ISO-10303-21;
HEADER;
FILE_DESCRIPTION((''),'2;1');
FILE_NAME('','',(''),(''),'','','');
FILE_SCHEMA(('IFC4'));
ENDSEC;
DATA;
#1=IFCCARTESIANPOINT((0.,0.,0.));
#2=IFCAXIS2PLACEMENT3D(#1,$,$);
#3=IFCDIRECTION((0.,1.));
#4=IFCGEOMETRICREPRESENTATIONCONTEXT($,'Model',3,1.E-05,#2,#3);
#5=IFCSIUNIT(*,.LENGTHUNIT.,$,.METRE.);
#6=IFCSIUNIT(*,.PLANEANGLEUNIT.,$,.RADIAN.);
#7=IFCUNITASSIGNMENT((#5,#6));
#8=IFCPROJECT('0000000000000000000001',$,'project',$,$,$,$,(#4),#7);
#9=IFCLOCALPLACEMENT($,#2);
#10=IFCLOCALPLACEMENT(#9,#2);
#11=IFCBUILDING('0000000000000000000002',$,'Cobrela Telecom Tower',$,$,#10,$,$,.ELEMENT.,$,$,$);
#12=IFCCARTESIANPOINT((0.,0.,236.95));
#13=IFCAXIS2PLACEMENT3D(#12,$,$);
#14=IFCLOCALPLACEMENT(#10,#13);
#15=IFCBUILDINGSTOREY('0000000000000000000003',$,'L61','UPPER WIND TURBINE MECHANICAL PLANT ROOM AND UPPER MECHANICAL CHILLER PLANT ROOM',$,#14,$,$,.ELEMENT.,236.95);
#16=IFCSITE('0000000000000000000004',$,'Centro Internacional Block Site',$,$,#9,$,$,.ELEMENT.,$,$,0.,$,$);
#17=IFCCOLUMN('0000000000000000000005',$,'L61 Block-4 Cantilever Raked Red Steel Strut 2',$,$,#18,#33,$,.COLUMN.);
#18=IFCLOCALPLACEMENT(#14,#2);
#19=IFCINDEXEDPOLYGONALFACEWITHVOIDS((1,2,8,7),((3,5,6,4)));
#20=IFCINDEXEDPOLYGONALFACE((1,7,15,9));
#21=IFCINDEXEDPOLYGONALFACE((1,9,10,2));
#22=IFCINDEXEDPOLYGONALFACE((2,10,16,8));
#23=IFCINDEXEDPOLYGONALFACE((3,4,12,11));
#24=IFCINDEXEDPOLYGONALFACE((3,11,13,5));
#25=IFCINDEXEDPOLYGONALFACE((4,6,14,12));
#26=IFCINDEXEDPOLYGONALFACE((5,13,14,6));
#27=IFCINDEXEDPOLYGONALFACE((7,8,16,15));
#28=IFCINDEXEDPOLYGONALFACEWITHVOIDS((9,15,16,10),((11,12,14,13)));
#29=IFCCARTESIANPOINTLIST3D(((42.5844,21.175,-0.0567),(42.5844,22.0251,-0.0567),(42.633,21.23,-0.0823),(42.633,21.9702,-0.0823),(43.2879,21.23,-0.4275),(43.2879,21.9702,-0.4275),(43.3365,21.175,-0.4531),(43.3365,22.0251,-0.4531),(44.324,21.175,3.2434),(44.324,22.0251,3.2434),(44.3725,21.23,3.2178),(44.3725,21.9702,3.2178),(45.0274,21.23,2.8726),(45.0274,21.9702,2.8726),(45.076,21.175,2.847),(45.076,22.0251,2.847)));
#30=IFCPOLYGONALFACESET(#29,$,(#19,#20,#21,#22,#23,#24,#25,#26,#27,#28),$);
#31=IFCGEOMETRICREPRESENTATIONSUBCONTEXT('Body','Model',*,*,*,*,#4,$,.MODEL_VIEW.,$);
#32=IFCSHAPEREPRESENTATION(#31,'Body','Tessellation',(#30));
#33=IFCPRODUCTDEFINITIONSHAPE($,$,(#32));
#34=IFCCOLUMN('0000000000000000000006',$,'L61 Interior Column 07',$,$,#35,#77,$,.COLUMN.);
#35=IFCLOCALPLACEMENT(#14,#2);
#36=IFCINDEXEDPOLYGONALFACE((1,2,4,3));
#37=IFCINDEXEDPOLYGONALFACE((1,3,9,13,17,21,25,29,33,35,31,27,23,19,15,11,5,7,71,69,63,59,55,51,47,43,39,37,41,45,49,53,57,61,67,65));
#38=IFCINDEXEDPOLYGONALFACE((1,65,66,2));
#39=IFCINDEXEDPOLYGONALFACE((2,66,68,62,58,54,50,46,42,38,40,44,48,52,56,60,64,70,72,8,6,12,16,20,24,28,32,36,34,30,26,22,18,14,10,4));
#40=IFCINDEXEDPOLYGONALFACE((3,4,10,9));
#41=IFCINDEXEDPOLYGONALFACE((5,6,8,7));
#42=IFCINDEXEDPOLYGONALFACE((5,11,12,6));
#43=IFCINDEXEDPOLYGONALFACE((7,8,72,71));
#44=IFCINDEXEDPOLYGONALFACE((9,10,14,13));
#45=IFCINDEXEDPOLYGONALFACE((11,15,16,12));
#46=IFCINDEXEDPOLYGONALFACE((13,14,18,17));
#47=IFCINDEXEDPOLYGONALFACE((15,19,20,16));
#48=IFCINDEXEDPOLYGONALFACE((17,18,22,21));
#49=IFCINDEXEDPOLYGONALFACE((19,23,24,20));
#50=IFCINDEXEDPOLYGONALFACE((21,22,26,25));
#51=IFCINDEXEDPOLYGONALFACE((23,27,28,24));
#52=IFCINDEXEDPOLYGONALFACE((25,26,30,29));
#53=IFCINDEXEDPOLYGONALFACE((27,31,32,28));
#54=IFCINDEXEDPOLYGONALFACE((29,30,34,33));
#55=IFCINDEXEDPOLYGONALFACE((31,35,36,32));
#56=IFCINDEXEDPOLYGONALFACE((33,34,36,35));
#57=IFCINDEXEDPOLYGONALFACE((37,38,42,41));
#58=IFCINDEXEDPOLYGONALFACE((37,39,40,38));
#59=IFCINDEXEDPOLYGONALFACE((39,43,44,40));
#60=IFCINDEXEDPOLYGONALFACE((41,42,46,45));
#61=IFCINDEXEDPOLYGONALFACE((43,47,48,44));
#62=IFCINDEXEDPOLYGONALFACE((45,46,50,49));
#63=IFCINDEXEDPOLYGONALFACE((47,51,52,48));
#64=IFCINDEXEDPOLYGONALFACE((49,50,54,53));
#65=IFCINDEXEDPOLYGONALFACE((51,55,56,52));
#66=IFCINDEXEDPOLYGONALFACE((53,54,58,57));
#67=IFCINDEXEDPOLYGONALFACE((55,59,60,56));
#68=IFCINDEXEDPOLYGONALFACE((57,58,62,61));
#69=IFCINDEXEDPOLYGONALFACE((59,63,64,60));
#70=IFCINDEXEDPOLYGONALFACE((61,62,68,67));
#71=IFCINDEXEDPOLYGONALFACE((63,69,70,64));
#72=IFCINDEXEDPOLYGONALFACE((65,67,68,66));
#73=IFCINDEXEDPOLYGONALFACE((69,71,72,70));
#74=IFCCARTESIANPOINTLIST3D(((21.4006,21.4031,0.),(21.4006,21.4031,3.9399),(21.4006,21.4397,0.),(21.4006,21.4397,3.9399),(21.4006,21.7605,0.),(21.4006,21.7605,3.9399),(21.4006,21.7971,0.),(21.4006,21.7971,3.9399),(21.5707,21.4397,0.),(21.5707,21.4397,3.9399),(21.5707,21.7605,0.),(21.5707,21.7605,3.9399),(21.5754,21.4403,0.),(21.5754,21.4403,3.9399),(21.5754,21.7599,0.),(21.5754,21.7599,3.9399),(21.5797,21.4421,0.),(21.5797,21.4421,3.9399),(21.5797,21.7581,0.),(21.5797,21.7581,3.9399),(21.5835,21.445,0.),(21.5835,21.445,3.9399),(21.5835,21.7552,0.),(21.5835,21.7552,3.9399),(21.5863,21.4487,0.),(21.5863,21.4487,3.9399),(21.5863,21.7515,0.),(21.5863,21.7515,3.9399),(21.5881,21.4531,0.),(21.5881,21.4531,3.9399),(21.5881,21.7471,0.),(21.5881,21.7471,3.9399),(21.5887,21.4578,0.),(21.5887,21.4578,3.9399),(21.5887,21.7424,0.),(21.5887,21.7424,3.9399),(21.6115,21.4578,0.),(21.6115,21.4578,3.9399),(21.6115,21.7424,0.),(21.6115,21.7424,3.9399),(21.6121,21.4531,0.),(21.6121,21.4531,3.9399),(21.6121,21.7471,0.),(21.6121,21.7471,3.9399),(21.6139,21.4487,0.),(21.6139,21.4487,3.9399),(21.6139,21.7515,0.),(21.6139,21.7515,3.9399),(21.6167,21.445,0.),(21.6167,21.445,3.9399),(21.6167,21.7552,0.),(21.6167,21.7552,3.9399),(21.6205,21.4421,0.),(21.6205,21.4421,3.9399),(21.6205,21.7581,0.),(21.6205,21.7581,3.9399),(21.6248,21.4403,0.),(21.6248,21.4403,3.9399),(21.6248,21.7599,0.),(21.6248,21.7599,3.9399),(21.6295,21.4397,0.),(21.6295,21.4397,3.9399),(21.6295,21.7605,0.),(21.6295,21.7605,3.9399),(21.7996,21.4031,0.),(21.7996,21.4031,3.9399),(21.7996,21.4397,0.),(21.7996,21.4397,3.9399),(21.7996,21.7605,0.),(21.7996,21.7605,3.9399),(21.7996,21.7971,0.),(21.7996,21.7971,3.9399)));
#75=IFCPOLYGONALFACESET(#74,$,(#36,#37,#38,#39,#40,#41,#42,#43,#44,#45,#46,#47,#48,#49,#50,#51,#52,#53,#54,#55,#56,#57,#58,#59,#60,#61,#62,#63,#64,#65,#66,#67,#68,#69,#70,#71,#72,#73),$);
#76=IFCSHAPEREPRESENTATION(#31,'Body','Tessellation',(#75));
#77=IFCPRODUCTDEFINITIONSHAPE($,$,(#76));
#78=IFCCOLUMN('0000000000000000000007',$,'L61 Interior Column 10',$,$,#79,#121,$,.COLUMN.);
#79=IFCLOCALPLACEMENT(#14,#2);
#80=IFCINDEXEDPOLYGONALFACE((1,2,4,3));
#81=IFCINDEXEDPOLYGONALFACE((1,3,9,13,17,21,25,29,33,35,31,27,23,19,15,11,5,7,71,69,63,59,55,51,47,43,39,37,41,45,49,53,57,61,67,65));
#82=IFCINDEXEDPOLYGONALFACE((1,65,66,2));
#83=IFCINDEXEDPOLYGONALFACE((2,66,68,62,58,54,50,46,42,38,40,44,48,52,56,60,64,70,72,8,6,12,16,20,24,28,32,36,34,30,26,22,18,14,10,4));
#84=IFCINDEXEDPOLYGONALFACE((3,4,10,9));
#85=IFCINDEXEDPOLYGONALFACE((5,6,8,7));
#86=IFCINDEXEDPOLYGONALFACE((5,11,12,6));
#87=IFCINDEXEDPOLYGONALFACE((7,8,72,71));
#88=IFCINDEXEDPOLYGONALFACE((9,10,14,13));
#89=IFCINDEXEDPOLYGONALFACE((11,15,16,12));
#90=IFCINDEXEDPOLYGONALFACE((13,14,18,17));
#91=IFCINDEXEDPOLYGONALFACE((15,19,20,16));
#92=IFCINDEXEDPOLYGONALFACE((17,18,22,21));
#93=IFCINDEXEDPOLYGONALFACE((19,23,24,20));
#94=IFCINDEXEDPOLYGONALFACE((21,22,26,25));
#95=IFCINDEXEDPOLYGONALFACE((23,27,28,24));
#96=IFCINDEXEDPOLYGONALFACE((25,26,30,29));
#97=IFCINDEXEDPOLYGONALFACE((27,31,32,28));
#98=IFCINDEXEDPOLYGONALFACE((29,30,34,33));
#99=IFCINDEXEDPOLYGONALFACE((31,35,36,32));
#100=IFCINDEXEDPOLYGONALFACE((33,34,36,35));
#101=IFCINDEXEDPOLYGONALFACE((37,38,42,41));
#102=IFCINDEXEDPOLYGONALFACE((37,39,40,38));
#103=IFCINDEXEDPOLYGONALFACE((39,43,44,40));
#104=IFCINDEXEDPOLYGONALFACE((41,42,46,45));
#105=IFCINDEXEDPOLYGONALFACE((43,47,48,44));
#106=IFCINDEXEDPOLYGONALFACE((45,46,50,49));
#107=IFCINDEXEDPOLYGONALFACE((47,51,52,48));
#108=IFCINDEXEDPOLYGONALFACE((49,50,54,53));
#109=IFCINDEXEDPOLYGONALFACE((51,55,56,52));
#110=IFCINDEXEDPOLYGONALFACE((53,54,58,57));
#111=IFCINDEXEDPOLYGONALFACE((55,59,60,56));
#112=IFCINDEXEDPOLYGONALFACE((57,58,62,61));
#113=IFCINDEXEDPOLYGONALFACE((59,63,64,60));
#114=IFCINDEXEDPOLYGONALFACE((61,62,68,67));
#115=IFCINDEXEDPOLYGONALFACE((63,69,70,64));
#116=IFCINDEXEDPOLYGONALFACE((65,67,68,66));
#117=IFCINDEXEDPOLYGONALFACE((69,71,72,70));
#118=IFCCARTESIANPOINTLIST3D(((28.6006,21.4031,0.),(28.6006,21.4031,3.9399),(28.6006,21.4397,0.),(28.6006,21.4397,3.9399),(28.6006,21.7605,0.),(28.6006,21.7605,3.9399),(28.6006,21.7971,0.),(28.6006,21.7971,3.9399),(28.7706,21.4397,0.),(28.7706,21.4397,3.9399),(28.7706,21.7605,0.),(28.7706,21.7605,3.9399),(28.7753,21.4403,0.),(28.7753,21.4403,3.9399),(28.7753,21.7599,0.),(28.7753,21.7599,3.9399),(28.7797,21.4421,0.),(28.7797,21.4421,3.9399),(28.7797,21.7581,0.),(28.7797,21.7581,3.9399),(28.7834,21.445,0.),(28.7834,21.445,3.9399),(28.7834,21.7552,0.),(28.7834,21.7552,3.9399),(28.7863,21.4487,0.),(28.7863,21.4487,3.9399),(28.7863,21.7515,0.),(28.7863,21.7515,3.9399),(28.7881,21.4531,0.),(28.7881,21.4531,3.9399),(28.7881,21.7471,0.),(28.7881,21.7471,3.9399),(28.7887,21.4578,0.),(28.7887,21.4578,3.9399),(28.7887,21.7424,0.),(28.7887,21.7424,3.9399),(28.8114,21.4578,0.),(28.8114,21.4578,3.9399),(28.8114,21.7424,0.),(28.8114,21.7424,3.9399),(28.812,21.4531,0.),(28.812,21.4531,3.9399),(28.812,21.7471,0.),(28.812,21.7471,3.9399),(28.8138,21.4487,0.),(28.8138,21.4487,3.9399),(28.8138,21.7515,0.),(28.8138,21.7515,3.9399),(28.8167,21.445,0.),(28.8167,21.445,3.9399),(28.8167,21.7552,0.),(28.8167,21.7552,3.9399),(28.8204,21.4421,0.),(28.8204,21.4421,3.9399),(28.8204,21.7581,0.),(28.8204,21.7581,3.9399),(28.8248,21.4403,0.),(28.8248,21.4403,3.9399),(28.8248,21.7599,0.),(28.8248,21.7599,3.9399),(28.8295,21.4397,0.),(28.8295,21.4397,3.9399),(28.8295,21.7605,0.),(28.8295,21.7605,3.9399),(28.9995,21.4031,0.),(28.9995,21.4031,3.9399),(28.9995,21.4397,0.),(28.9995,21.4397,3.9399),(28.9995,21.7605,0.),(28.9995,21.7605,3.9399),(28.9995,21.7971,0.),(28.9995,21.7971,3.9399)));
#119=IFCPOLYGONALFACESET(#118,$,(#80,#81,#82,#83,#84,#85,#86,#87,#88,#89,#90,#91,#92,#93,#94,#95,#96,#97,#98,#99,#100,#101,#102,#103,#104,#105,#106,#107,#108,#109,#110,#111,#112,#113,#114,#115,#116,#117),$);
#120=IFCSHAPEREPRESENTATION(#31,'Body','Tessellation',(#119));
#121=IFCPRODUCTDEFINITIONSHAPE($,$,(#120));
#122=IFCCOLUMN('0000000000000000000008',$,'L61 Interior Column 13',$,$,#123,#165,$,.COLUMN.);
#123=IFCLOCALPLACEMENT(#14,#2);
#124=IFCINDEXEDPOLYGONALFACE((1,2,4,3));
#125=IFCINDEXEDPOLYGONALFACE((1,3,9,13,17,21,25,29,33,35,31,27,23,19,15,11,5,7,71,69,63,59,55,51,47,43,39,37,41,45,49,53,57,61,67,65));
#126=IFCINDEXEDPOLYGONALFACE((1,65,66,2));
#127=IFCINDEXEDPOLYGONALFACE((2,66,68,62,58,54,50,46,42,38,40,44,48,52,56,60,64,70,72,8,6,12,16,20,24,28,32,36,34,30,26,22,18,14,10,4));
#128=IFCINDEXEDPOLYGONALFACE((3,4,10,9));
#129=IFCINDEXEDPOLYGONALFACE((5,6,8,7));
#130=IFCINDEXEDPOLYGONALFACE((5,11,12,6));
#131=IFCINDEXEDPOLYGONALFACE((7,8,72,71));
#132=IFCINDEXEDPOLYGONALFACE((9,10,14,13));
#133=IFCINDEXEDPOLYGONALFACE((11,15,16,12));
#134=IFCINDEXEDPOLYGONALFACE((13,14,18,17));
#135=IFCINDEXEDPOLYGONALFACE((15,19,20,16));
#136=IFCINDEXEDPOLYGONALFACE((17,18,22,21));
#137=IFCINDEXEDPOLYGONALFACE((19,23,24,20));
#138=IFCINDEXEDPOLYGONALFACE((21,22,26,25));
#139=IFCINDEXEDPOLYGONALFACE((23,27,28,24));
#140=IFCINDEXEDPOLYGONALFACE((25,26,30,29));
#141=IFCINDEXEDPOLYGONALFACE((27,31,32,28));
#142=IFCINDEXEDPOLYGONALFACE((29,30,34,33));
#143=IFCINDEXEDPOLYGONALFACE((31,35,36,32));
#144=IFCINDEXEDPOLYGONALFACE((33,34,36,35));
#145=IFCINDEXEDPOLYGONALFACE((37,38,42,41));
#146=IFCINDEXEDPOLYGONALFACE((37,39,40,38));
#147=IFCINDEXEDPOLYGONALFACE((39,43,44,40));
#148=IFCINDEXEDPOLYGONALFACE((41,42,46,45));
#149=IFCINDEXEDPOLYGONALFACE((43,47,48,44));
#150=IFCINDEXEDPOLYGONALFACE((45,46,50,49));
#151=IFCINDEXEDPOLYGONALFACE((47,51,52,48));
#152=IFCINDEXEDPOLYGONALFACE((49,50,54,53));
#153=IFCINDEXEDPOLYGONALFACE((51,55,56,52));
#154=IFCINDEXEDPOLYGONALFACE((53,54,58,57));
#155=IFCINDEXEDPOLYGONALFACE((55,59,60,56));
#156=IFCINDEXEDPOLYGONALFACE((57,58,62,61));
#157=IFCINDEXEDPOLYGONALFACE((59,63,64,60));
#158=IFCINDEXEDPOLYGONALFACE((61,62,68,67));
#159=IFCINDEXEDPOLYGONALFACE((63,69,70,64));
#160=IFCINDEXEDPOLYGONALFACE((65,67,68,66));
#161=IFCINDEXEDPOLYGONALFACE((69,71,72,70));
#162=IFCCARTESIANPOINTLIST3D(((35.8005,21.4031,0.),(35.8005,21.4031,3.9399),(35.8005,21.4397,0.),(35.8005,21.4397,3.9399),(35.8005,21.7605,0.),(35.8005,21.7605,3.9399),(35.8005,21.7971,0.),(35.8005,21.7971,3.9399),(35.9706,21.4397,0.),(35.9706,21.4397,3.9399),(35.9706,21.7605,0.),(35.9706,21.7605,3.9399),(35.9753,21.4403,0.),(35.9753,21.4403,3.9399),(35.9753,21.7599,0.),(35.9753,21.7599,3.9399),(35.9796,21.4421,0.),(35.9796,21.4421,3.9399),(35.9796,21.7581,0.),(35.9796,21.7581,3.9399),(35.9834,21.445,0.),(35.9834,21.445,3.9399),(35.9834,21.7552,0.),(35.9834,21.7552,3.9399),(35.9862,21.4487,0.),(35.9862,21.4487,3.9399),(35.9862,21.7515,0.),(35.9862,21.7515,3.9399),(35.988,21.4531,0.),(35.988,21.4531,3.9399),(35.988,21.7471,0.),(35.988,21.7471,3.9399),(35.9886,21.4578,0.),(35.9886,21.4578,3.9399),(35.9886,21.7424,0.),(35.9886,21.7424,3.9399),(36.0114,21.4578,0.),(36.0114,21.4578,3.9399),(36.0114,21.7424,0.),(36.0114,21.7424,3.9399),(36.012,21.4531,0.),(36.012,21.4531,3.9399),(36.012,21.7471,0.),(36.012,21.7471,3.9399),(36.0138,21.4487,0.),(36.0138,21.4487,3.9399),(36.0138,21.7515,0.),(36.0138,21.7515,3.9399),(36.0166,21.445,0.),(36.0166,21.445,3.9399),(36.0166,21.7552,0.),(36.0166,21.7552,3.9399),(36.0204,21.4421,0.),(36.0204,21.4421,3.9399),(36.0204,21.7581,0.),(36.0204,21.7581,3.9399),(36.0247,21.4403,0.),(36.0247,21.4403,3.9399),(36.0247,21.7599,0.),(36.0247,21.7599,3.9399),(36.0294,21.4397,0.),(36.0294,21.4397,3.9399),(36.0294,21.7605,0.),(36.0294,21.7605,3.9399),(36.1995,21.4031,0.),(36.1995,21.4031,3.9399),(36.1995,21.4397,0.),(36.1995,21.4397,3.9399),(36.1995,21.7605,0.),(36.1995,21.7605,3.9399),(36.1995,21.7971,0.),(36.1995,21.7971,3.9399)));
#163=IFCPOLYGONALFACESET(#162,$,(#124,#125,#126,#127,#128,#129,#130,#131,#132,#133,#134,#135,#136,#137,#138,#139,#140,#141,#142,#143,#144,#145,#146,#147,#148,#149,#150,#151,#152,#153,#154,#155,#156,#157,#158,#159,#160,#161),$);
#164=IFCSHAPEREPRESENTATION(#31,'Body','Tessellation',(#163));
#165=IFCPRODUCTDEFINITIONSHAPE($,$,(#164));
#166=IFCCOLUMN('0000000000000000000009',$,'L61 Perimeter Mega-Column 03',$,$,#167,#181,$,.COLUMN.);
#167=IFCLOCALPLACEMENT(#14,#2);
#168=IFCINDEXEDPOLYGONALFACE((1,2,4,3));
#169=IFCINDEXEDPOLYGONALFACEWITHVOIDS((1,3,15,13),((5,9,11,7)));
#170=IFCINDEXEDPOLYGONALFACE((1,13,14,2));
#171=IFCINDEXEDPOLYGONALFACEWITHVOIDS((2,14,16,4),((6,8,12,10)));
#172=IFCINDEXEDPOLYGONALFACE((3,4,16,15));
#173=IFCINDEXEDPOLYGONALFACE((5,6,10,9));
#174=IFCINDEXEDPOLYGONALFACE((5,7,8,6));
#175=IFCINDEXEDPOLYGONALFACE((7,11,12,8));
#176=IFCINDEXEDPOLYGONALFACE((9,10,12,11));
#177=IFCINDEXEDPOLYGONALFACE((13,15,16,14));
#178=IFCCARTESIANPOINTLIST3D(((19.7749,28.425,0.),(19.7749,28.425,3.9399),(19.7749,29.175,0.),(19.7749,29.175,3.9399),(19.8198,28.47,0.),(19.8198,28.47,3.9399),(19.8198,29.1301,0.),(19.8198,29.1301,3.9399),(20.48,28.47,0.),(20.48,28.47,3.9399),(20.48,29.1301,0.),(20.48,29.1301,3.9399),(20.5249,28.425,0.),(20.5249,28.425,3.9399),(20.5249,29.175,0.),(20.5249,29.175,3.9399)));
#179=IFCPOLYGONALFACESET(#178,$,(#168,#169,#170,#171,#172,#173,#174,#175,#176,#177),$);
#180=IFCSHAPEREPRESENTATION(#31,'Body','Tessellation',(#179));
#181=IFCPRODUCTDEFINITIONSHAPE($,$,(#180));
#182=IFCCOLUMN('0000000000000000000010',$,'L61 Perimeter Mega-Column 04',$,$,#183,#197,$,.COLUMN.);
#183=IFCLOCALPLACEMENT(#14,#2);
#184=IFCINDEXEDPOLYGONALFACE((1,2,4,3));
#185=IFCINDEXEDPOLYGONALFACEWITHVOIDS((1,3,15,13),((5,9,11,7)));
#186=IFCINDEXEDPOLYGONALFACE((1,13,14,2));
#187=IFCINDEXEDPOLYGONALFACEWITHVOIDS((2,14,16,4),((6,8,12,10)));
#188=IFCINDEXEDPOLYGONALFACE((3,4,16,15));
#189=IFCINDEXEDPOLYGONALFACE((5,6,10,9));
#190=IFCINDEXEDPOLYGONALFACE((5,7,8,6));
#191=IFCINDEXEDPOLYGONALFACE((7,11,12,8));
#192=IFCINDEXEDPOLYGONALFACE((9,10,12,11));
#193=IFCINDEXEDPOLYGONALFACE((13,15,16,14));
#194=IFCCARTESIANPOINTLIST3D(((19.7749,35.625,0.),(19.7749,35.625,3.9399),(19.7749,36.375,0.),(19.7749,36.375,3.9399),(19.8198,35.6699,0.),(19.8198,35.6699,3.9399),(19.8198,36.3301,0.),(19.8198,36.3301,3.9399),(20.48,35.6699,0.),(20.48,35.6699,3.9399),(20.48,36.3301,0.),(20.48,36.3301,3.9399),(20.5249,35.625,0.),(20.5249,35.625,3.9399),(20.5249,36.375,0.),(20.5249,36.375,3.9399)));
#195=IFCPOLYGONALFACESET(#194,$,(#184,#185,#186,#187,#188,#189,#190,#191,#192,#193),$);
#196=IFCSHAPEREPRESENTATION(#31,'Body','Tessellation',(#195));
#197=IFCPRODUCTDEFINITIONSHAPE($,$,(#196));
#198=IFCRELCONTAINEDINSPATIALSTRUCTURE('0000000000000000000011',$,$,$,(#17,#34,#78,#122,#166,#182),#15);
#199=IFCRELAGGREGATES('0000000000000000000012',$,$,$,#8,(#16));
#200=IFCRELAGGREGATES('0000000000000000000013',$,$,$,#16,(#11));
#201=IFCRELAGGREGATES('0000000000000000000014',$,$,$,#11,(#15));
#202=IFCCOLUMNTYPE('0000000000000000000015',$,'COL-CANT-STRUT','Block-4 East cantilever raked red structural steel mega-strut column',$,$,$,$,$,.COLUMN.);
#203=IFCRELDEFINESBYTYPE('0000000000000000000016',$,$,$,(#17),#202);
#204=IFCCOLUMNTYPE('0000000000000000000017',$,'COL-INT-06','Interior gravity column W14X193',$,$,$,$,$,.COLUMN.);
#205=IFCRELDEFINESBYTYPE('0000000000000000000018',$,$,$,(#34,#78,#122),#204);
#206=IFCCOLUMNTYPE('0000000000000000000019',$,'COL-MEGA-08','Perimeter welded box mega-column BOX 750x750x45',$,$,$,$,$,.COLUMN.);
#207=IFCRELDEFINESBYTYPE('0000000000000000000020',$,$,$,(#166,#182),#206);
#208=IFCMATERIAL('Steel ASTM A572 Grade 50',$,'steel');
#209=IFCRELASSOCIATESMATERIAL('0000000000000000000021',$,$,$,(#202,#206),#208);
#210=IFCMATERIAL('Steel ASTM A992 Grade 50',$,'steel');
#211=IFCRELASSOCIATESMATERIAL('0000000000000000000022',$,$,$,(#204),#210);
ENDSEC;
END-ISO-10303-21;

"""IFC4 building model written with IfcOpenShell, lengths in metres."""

from ifc_helpers import new_model, si_unit, direction, frame, origin, origin_2d, place, context, subcontext, project, spatial, hollow_rectangle, i_section, extrude, material, material_profile, profile_set, type_object, element, save


model = new_model("IFC4")

# Units and contexts
model_context = context("Model", 3, precision=1e-05, world=origin(), true_north=direction((0.0, 1.0)))
body_context = subcontext(model_context, "Body", "Model", "MODEL_VIEW")
ifc_project = project(units=[si_unit("LENGTHUNIT", "METRE"), si_unit("PLANEANGLEUNIT", "RADIAN")], contexts=[model_context])

# Site, building, storey
site_placement = place(None, origin())
site = spatial("IfcSite", under=ifc_project, at=site_placement, Name="Centro Internacional Block Site", CompositionType="ELEMENT", RefElevation=0.0)
building_placement = place(site_placement, origin())
building = spatial("IfcBuilding", under=site, at=building_placement, Name="Cobrela Telecom Tower", CompositionType="ELEMENT")
storey_placement = place(building_placement, frame((0.0, 0.0, 236.95)))
storey = spatial("IfcBuildingStorey", under=building, at=storey_placement, Name="L61", Description="UPPER WIND TURBINE MECHANICAL PLANT ROOM AND UPPER MECHANICAL CHILLER PLANT ROOM", CompositionType="ELEMENT", Elevation=236.95)

# Columns
ifc_material_1 = material(Name="Steel ASTM A572 Grade 50", Category="steel")
ifc_material_profile_1 = material_profile(ifc_material_1, hollow_rectangle(XDim=0.8501, YDim=0.8501, WallThickness=0.0549, at=origin_2d()), Name="BOX 850x850x55")
ifc_profile_set_1 = profile_set([ifc_material_profile_1], Name="Steel ASTM A572 Grade 50")
column_type_1 = type_object("IfcColumnType", Name="COL-CANT-STRUT", Description="Block-4 East cantilever raked red structural steel mega-strut column", PredefinedType="COLUMN", material=ifc_profile_set_1)
column_placement = place(storey_placement, frame((42.9604, 21.6001, -0.2549), z_axis=(0.466299, 0.0, 0.884627), x_axis=(0.0, 1.0, 0.0)))
element("IfcColumn", 1, at=column_placement, inside=storey, type_object=column_type_1, Name="L61 Block-4 Cantilever Raked Red Steel Strut 2", PredefinedType="COLUMN", context=body_context, shape_type="SweptSolid", body=[
    extrude(hollow_rectangle(XDim=0.8501, YDim=0.8501, WallThickness=0.0549, at=origin_2d()), origin(), (0.0, 0.0, 1.0), 3.7305),
])
ifc_material_2 = material(Name="Steel ASTM A992 Grade 50", Category="steel")
ifc_material_profile_2 = material_profile(ifc_material_2, i_section(OverallWidth=0.3989, OverallDepth=0.394, WebThickness=0.0227, FlangeThickness=0.0366, FilletRadius=0.0181, at=origin_2d()), Name="W14X193")
ifc_profile_set_2 = profile_set([ifc_material_profile_2], Name="Steel ASTM A992 Grade 50")
column_type_2 = type_object("IfcColumnType", Name="COL-INT-06", Description="Interior gravity column W14X193", PredefinedType="COLUMN", material=ifc_profile_set_2)
for number, where, z_axis, x_axis, name in (
    (2, (21.6001, 21.6001, 0.0), (0.0, 0.0, 1.0), (1.0, 0.0, 0.0), "L61 Interior Column 07"),
    (3, (28.8, 21.6001, 0.0), (0.0, 0.0, 1.0), (1.0, 0.0, 0.0), "L61 Interior Column 10"),
    (4, (36.0, 21.6001, 0.0), (0.0, 0.0, 1.0), (1.0, 0.0, 0.0), "L61 Interior Column 13"),
):
    element("IfcColumn", number, at=place(storey_placement, frame(where, z_axis=z_axis, x_axis=x_axis)), inside=storey, type_object=column_type_2, Name=name, PredefinedType="COLUMN", context=body_context, shape_type="SweptSolid", body=[
        extrude(i_section(OverallWidth=0.3989, OverallDepth=0.394, WebThickness=0.0227, FlangeThickness=0.0366, FilletRadius=0.0181, at=origin_2d()), origin(), (0.0, 0.0, 1.0), 3.9399),
    ])
ifc_material_profile_3 = material_profile(ifc_material_1, hollow_rectangle(XDim=0.75, YDim=0.75, WallThickness=0.0449, at=origin_2d()), Name="BOX 750x750x45")
ifc_profile_set_3 = profile_set([ifc_material_profile_3], Name="Steel ASTM A572 Grade 50")
column_type_3 = type_object("IfcColumnType", Name="COL-MEGA-08", Description="Perimeter welded box mega-column BOX 750x750x45", PredefinedType="COLUMN", material=ifc_profile_set_3)
for number, where, z_axis, x_axis, name in (
    (5, (20.1499, 28.8, 0.0), (0.0, 0.0, 1.0), (1.0, 0.0, 0.0), "L61 Perimeter Mega-Column 03"),
    (6, (20.1499, 36.0, 0.0), (0.0, 0.0, 1.0), (1.0, 0.0, 0.0), "L61 Perimeter Mega-Column 04"),
):
    element("IfcColumn", number, at=place(storey_placement, frame(where, z_axis=z_axis, x_axis=x_axis)), inside=storey, type_object=column_type_3, Name=name, PredefinedType="COLUMN", context=body_context, shape_type="SweptSolid", body=[
        extrude(hollow_rectangle(XDim=0.75, YDim=0.75, WallThickness=0.0449, at=origin_2d()), origin(), (0.0, 0.0, 1.0), 3.9399),
    ])

save(model, "model.ifc")
